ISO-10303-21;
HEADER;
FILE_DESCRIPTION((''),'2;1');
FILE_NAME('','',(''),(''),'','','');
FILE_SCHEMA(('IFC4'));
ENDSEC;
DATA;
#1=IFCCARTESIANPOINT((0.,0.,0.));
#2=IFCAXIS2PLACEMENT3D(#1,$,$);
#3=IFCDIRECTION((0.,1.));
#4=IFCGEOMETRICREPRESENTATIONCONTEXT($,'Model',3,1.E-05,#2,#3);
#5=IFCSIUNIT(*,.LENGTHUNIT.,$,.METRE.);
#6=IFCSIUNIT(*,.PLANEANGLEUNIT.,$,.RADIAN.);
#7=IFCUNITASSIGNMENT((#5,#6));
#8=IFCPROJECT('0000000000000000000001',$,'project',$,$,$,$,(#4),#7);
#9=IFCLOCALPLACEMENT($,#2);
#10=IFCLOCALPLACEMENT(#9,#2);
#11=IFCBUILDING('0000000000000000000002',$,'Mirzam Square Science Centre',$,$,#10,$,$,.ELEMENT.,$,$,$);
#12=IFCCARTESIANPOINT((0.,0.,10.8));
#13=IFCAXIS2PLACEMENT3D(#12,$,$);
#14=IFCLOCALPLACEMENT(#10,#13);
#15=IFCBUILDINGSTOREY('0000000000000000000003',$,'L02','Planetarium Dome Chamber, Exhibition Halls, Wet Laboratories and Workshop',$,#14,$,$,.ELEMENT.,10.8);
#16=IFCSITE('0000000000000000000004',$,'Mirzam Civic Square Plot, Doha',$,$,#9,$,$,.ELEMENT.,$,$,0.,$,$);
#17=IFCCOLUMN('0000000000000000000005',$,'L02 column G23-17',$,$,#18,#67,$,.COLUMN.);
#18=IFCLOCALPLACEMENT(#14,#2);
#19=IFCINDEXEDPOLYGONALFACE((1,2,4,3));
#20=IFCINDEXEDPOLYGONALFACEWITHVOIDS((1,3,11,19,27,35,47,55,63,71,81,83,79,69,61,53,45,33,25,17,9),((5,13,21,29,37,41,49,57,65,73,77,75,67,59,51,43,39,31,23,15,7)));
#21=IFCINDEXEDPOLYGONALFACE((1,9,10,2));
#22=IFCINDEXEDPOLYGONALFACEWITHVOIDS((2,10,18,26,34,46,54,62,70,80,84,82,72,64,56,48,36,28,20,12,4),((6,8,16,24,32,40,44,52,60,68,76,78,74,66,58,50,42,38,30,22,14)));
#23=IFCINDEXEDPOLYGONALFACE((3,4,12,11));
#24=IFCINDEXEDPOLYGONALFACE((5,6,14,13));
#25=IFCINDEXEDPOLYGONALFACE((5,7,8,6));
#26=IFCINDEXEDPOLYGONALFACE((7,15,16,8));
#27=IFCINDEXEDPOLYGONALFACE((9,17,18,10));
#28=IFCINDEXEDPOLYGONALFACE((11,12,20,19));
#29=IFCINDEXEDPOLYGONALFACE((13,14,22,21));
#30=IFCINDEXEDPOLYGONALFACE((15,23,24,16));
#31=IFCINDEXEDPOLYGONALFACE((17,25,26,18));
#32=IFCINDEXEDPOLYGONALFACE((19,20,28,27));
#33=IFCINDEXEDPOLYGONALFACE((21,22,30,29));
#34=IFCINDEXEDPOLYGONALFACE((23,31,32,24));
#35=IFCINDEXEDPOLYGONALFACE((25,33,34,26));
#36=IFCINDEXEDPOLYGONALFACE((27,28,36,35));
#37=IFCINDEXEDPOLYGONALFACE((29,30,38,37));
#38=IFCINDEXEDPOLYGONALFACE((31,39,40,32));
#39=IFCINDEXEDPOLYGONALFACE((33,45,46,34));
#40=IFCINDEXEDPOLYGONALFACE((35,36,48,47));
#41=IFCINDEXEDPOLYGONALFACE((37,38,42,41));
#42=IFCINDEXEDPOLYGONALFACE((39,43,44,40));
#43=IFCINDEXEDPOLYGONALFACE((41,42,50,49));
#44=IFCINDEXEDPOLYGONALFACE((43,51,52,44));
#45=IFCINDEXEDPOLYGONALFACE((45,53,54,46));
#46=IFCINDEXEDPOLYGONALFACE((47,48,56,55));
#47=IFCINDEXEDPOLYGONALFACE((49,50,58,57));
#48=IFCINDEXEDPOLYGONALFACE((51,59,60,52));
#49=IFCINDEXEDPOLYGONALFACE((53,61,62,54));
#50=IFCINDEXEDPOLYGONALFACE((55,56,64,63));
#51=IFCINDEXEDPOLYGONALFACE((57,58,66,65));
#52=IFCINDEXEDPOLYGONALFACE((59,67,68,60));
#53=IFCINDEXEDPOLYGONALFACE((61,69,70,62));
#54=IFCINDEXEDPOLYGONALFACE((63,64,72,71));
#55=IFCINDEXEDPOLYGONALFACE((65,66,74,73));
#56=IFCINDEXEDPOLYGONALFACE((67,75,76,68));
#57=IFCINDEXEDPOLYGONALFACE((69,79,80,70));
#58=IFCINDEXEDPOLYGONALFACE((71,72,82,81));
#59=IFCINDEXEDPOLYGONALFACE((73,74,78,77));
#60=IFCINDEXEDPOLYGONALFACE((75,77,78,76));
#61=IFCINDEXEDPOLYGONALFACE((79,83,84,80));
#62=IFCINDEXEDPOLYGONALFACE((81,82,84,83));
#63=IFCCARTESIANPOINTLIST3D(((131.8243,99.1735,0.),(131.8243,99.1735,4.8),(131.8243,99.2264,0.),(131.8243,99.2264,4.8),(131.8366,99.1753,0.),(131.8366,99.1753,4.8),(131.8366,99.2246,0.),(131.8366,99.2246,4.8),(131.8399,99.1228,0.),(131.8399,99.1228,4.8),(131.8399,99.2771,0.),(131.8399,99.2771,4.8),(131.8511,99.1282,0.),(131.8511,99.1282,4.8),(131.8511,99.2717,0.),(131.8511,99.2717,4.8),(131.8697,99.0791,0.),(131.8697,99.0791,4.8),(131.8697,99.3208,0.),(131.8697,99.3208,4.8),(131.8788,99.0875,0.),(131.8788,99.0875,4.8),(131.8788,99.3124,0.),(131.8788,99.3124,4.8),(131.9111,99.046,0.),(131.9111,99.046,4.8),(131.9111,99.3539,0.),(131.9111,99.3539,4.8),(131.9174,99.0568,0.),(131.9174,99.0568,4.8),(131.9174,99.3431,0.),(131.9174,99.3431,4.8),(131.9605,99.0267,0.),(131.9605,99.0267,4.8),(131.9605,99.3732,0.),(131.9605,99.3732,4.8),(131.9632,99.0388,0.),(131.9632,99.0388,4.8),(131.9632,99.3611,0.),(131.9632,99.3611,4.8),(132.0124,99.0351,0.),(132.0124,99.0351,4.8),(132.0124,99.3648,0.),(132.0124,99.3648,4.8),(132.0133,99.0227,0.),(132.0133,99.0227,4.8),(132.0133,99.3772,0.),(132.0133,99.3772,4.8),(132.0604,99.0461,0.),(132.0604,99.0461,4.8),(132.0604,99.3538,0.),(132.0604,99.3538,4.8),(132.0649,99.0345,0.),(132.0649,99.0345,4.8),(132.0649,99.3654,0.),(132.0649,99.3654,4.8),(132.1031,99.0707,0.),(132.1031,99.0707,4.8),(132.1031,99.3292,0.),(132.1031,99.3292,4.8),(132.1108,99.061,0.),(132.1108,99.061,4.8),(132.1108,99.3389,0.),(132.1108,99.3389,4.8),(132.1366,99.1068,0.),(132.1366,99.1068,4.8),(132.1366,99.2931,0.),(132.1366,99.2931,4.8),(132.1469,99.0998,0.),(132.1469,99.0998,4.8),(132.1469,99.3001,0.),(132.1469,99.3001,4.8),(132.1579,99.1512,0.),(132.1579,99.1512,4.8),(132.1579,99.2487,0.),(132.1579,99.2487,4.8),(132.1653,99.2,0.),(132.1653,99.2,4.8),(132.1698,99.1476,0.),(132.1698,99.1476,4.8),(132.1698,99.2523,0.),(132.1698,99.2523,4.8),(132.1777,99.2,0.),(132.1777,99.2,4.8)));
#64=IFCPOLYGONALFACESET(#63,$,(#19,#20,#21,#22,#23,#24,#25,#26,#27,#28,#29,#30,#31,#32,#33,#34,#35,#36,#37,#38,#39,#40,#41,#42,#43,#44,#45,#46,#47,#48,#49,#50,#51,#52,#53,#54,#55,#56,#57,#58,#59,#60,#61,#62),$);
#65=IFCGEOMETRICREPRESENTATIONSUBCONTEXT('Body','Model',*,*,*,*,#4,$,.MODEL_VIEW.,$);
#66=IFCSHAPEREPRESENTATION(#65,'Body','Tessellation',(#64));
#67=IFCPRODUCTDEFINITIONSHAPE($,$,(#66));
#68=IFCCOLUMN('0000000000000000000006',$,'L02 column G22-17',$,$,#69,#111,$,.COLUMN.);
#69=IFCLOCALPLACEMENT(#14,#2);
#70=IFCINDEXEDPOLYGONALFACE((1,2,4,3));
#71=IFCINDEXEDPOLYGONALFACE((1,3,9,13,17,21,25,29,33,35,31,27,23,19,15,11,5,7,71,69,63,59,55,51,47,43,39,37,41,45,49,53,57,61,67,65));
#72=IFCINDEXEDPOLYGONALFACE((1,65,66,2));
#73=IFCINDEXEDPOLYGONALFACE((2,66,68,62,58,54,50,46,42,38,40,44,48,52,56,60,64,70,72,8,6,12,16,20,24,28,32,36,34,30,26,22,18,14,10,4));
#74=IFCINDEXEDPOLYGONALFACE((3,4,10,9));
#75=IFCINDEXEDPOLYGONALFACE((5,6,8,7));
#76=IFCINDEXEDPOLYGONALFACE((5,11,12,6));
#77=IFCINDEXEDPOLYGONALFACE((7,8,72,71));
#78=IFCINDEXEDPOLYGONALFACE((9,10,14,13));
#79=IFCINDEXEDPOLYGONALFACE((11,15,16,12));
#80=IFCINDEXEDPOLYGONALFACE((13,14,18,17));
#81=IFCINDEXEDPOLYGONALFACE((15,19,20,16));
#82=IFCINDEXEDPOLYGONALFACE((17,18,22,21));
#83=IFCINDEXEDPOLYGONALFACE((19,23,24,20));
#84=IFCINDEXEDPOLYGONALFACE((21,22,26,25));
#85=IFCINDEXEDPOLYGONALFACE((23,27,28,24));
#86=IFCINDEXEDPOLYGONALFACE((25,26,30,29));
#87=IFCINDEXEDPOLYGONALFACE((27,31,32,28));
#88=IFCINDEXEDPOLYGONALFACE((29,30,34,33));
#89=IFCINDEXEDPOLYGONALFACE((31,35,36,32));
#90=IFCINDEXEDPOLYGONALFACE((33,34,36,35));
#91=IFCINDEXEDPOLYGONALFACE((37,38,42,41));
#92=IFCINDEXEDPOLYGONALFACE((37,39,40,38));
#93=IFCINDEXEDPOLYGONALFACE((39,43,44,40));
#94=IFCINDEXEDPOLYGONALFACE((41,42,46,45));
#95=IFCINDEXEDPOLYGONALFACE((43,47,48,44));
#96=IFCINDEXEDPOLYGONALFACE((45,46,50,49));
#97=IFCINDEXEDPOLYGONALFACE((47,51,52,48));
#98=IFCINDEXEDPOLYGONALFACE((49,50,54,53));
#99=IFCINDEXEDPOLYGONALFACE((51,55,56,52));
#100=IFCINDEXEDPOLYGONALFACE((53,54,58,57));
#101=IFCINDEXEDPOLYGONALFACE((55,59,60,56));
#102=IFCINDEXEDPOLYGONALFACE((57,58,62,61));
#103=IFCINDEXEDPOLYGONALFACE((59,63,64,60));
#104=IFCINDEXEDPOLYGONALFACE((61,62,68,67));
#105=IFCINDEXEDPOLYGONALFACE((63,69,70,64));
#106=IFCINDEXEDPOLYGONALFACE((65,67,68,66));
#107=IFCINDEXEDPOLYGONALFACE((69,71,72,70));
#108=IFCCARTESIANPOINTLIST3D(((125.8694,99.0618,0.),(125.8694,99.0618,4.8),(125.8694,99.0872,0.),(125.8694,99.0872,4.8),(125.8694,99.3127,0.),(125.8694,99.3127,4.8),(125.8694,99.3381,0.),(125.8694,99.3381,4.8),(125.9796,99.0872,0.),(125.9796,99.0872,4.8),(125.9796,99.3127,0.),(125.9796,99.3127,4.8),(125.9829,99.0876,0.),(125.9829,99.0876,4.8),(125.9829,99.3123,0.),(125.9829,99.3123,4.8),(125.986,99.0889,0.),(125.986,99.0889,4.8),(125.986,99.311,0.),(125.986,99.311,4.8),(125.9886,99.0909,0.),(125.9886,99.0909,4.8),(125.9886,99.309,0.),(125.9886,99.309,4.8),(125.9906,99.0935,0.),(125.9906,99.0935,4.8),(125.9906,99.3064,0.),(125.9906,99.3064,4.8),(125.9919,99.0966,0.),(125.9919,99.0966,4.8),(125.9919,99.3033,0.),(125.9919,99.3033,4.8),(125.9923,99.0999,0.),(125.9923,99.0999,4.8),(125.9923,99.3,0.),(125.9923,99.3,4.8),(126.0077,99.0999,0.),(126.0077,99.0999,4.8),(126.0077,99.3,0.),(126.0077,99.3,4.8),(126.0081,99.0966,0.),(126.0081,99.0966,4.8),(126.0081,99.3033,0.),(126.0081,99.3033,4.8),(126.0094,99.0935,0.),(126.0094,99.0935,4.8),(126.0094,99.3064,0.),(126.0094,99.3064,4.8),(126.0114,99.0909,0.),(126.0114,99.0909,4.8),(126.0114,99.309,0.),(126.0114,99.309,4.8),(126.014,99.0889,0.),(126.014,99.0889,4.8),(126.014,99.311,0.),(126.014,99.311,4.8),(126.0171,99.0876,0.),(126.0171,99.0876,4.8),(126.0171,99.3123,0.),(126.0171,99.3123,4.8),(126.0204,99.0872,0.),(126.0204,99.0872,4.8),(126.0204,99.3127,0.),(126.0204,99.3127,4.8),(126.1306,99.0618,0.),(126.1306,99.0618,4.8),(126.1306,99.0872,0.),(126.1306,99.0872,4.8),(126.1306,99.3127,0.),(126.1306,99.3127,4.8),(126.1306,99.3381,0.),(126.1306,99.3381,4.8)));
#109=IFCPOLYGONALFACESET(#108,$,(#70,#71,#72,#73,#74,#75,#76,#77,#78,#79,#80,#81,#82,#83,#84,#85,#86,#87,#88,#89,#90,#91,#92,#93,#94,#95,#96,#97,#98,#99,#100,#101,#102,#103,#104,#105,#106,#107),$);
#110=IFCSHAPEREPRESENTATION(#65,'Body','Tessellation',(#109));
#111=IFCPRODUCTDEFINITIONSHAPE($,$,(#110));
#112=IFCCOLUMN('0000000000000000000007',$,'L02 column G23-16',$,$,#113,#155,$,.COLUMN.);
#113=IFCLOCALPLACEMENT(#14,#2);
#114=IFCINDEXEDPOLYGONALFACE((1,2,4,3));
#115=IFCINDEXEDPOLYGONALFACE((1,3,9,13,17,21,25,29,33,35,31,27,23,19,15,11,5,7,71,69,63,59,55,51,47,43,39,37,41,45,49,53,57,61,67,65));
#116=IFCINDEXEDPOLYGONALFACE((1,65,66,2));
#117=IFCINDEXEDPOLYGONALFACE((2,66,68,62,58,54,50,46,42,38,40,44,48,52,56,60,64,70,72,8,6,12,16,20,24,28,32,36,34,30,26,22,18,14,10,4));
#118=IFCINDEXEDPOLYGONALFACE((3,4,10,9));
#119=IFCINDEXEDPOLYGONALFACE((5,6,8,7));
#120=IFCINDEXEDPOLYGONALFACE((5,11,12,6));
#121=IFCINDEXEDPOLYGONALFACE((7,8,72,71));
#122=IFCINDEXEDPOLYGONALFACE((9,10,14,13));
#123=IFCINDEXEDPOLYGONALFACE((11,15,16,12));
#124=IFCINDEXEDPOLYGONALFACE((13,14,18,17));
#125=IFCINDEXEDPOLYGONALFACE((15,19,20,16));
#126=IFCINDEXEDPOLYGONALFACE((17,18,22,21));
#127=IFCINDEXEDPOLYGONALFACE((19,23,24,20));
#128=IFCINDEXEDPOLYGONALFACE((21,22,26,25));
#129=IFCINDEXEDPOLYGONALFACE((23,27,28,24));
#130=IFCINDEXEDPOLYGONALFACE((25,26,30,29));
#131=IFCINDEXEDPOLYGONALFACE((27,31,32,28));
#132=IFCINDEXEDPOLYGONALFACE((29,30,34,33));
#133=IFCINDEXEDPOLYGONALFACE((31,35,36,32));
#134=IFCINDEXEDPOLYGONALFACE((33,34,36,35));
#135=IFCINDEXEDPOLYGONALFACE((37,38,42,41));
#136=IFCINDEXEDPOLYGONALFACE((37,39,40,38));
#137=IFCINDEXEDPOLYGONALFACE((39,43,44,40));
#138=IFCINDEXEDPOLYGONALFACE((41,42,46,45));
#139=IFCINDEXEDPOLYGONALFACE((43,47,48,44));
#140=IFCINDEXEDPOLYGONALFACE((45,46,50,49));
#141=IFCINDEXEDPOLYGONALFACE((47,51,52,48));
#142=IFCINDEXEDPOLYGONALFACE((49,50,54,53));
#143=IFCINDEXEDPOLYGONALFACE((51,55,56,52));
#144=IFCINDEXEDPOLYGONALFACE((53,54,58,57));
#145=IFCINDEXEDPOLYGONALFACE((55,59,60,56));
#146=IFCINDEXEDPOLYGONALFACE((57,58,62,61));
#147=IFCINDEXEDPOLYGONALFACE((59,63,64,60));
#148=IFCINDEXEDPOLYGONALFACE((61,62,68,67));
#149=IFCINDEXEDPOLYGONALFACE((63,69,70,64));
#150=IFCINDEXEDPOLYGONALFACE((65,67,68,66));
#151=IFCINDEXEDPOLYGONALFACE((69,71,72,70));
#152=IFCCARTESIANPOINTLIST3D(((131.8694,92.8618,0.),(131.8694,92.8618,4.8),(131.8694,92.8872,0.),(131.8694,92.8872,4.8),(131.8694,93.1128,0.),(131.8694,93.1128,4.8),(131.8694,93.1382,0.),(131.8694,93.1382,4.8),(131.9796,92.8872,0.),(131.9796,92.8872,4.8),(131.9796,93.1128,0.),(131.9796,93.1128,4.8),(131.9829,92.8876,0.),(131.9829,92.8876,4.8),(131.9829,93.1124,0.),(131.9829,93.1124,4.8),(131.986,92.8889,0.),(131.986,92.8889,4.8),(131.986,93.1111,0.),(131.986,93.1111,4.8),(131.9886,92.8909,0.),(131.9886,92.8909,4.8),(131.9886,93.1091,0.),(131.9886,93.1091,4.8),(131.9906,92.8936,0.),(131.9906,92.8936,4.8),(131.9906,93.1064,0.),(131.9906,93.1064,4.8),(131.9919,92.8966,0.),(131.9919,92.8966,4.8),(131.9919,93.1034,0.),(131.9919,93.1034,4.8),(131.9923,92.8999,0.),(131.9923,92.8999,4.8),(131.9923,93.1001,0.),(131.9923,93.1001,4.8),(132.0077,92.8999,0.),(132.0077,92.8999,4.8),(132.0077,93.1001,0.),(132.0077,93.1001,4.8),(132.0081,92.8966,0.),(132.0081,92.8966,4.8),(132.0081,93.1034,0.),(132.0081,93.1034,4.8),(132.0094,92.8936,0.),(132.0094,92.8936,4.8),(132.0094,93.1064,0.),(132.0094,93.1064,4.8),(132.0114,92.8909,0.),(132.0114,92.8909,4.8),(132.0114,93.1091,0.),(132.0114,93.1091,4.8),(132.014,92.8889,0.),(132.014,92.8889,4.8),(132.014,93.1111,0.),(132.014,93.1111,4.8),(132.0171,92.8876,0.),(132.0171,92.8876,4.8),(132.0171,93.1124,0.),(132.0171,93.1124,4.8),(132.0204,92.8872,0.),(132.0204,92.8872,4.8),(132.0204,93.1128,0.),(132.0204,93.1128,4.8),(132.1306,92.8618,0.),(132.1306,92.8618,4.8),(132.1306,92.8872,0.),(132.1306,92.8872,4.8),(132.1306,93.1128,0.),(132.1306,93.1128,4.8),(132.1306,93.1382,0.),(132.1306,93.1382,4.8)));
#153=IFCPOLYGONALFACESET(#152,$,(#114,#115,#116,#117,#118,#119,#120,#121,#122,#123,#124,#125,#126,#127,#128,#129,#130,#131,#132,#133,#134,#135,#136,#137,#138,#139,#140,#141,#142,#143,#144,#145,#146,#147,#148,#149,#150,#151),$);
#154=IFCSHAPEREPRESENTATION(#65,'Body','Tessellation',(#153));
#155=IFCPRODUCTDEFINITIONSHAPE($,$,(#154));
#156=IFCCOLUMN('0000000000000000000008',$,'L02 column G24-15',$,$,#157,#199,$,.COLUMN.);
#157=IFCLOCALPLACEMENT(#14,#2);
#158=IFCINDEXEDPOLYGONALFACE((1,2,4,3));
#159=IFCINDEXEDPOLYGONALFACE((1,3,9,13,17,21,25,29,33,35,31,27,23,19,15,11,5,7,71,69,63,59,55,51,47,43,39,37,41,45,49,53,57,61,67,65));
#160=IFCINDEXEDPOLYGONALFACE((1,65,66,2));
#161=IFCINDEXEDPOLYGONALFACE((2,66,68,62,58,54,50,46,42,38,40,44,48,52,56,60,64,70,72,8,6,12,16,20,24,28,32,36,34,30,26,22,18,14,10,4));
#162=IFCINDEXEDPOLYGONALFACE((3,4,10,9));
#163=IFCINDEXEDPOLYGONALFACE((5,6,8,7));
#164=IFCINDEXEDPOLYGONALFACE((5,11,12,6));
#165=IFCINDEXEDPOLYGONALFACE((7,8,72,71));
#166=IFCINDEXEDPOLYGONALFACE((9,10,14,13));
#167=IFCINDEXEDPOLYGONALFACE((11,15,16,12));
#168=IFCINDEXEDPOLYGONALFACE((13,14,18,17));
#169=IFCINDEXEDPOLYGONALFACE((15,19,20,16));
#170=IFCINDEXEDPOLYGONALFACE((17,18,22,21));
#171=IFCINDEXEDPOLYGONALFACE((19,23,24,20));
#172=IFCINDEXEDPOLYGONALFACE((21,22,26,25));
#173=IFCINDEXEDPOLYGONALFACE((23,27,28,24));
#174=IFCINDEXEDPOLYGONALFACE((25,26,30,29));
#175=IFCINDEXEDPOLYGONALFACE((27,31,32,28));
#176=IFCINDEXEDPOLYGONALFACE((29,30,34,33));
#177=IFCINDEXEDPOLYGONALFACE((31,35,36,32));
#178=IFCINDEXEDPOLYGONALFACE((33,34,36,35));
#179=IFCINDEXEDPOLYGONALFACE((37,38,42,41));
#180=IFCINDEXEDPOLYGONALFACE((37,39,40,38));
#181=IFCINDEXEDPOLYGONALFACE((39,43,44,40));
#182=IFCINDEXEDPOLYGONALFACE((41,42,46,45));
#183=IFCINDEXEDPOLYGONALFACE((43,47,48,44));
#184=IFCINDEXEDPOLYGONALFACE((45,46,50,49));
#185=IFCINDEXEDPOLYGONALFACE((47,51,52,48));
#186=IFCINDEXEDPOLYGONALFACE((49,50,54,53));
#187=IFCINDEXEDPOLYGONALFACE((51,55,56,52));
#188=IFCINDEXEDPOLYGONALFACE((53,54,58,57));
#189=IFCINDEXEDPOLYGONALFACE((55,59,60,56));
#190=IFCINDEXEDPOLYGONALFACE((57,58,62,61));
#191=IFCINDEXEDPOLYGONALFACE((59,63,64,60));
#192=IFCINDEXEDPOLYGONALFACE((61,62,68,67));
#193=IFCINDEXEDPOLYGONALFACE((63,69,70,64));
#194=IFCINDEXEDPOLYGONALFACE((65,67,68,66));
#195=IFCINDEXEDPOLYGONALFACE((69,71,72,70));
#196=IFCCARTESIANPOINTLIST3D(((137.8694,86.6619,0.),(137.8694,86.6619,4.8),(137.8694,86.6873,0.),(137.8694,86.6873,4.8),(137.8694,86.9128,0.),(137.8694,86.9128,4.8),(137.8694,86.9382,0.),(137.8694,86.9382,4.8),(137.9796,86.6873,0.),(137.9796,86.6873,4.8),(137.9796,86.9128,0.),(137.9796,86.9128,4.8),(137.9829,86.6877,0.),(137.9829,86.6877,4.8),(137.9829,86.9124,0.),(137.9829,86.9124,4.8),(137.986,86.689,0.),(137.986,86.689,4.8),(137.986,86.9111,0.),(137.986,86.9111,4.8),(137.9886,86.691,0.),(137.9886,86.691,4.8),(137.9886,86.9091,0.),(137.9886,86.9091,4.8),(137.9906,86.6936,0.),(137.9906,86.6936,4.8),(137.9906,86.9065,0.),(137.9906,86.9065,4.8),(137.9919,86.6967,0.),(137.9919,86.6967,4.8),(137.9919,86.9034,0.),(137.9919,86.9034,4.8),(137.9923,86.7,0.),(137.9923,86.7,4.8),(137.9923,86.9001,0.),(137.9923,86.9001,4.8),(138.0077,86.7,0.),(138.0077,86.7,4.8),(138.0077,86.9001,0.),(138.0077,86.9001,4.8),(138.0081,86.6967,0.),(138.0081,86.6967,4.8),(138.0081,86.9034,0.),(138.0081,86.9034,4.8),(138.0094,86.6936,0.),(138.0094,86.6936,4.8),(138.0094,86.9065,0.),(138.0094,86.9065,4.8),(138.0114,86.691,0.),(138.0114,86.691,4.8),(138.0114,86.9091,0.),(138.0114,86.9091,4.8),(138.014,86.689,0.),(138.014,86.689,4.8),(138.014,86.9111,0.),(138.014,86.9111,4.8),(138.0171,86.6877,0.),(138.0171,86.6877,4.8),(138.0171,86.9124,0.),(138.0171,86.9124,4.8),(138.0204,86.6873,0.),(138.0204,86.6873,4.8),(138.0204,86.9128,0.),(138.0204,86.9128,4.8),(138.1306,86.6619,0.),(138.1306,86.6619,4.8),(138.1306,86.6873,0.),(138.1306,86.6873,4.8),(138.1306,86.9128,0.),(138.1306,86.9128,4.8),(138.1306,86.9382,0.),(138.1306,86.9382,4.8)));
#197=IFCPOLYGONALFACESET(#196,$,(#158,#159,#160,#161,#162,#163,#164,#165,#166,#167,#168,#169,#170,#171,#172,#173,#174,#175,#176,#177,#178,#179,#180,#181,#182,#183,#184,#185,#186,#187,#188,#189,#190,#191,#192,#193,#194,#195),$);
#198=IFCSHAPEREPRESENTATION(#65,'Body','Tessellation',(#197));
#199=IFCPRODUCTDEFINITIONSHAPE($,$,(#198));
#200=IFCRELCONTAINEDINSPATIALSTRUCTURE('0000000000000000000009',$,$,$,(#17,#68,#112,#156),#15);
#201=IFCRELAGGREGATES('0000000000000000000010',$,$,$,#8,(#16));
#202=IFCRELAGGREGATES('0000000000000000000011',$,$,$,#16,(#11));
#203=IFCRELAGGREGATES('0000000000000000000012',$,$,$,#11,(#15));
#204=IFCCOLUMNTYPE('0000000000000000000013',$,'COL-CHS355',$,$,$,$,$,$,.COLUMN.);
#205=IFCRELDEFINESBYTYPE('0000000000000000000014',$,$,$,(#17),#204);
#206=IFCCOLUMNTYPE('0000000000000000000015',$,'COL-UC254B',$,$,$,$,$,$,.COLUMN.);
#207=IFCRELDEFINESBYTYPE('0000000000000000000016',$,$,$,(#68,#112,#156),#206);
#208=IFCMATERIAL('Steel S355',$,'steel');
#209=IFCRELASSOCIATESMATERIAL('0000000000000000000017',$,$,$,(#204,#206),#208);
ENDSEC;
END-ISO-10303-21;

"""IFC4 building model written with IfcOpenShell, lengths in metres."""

from ifc_helpers import new_model, si_unit, direction, frame, origin, origin_2d, place, context, subcontext, project, spatial, hollow_circle, i_section, extrude, material, material_profile, profile_set, type_object, element, save


model = new_model("IFC4")

# Units and contexts
model_context = context("Model", 3, precision=1e-05, world=origin(), true_north=direction((0.0, 1.0)))
body_context = subcontext(model_context, "Body", "Model", "MODEL_VIEW")
ifc_project = project(units=[si_unit("LENGTHUNIT", "METRE"), si_unit("PLANEANGLEUNIT", "RADIAN")], contexts=[model_context])

# Site, building, storey
site_placement = place(None, origin())
site = spatial("IfcSite", under=ifc_project, at=site_placement, Name="Mirzam Civic Square Plot, Doha", CompositionType="ELEMENT", RefElevation=0.0)
building_placement = place(site_placement, origin())
building = spatial("IfcBuilding", under=site, at=building_placement, Name="Mirzam Square Science Centre", CompositionType="ELEMENT")
storey_placement = place(building_placement, frame((0.0, 0.0, 10.8)))
storey = spatial("IfcBuildingStorey", under=building, at=storey_placement, Name="L02", Description="Planetarium Dome Chamber, Exhibition Halls, Wet Laboratories and Workshop", CompositionType="ELEMENT", Elevation=10.8)

# Columns
ifc_material_1 = material(Name="Steel S355", Category="steel")
ifc_material_profile_1 = material_profile(ifc_material_1, hollow_circle(Radius=0.1777, WallThickness=0.0125, at=origin_2d()), Name="355.6x12.5CHS")
ifc_profile_set_1 = profile_set([ifc_material_profile_1], Name="Steel S355")
column_type_1 = type_object("IfcColumnType", Name="COL-CHS355", PredefinedType="COLUMN", material=ifc_profile_set_1)
column_placement = place(storey_placement, frame((132.0, 99.2, 0.0), z_axis=(0.0, 0.0, 1.0), x_axis=(1.0, 0.0, 0.0)))
element("IfcColumn", 1, at=column_placement, inside=storey, type_object=column_type_1, Name="L02 column G23-17", PredefinedType="COLUMN", context=body_context, shape_type="SweptSolid", body=[
    extrude(hollow_circle(Radius=0.1777, WallThickness=0.0125, at=origin_2d()), origin(), (0.0, 0.0, 1.0), 4.8),
])
ifc_material_profile_2 = material_profile(ifc_material_1, i_section(OverallWidth=0.2612, OverallDepth=0.2764, WebThickness=0.0154, FlangeThickness=0.0254, FilletRadius=0.0127, at=origin_2d()), Name="254x254x132UC")
ifc_profile_set_2 = profile_set([ifc_material_profile_2], Name="Steel S355")
column_type_2 = type_object("IfcColumnType", Name="COL-UC254B", PredefinedType="COLUMN", material=ifc_profile_set_2)
for number, where, z_axis, x_axis, name in (
    (2, (126.0, 99.2, 0.0), (0.0, 0.0, 1.0), (1.0, 0.0, 0.0), "L02 column G22-17"),
    (3, (132.0, 93.0, 0.0), (0.0, 0.0, 1.0), (1.0, 0.0, 0.0), "L02 column G23-16"),
    (4, (138.0, 86.8, 0.0), (0.0, 0.0, 1.0), (1.0, 0.0, 0.0), "L02 column G24-15"),
):
    element("IfcColumn", number, at=place(storey_placement, frame(where, z_axis=z_axis, x_axis=x_axis)), inside=storey, type_object=column_type_2, Name=name, PredefinedType="COLUMN", context=body_context, shape_type="SweptSolid", body=[
        extrude(i_section(OverallWidth=0.2612, OverallDepth=0.2764, WebThickness=0.0154, FlangeThickness=0.0254, FilletRadius=0.0127, at=origin_2d()), origin(), (0.0, 0.0, 1.0), 4.8),
    ])

save(model, "model.ifc")
